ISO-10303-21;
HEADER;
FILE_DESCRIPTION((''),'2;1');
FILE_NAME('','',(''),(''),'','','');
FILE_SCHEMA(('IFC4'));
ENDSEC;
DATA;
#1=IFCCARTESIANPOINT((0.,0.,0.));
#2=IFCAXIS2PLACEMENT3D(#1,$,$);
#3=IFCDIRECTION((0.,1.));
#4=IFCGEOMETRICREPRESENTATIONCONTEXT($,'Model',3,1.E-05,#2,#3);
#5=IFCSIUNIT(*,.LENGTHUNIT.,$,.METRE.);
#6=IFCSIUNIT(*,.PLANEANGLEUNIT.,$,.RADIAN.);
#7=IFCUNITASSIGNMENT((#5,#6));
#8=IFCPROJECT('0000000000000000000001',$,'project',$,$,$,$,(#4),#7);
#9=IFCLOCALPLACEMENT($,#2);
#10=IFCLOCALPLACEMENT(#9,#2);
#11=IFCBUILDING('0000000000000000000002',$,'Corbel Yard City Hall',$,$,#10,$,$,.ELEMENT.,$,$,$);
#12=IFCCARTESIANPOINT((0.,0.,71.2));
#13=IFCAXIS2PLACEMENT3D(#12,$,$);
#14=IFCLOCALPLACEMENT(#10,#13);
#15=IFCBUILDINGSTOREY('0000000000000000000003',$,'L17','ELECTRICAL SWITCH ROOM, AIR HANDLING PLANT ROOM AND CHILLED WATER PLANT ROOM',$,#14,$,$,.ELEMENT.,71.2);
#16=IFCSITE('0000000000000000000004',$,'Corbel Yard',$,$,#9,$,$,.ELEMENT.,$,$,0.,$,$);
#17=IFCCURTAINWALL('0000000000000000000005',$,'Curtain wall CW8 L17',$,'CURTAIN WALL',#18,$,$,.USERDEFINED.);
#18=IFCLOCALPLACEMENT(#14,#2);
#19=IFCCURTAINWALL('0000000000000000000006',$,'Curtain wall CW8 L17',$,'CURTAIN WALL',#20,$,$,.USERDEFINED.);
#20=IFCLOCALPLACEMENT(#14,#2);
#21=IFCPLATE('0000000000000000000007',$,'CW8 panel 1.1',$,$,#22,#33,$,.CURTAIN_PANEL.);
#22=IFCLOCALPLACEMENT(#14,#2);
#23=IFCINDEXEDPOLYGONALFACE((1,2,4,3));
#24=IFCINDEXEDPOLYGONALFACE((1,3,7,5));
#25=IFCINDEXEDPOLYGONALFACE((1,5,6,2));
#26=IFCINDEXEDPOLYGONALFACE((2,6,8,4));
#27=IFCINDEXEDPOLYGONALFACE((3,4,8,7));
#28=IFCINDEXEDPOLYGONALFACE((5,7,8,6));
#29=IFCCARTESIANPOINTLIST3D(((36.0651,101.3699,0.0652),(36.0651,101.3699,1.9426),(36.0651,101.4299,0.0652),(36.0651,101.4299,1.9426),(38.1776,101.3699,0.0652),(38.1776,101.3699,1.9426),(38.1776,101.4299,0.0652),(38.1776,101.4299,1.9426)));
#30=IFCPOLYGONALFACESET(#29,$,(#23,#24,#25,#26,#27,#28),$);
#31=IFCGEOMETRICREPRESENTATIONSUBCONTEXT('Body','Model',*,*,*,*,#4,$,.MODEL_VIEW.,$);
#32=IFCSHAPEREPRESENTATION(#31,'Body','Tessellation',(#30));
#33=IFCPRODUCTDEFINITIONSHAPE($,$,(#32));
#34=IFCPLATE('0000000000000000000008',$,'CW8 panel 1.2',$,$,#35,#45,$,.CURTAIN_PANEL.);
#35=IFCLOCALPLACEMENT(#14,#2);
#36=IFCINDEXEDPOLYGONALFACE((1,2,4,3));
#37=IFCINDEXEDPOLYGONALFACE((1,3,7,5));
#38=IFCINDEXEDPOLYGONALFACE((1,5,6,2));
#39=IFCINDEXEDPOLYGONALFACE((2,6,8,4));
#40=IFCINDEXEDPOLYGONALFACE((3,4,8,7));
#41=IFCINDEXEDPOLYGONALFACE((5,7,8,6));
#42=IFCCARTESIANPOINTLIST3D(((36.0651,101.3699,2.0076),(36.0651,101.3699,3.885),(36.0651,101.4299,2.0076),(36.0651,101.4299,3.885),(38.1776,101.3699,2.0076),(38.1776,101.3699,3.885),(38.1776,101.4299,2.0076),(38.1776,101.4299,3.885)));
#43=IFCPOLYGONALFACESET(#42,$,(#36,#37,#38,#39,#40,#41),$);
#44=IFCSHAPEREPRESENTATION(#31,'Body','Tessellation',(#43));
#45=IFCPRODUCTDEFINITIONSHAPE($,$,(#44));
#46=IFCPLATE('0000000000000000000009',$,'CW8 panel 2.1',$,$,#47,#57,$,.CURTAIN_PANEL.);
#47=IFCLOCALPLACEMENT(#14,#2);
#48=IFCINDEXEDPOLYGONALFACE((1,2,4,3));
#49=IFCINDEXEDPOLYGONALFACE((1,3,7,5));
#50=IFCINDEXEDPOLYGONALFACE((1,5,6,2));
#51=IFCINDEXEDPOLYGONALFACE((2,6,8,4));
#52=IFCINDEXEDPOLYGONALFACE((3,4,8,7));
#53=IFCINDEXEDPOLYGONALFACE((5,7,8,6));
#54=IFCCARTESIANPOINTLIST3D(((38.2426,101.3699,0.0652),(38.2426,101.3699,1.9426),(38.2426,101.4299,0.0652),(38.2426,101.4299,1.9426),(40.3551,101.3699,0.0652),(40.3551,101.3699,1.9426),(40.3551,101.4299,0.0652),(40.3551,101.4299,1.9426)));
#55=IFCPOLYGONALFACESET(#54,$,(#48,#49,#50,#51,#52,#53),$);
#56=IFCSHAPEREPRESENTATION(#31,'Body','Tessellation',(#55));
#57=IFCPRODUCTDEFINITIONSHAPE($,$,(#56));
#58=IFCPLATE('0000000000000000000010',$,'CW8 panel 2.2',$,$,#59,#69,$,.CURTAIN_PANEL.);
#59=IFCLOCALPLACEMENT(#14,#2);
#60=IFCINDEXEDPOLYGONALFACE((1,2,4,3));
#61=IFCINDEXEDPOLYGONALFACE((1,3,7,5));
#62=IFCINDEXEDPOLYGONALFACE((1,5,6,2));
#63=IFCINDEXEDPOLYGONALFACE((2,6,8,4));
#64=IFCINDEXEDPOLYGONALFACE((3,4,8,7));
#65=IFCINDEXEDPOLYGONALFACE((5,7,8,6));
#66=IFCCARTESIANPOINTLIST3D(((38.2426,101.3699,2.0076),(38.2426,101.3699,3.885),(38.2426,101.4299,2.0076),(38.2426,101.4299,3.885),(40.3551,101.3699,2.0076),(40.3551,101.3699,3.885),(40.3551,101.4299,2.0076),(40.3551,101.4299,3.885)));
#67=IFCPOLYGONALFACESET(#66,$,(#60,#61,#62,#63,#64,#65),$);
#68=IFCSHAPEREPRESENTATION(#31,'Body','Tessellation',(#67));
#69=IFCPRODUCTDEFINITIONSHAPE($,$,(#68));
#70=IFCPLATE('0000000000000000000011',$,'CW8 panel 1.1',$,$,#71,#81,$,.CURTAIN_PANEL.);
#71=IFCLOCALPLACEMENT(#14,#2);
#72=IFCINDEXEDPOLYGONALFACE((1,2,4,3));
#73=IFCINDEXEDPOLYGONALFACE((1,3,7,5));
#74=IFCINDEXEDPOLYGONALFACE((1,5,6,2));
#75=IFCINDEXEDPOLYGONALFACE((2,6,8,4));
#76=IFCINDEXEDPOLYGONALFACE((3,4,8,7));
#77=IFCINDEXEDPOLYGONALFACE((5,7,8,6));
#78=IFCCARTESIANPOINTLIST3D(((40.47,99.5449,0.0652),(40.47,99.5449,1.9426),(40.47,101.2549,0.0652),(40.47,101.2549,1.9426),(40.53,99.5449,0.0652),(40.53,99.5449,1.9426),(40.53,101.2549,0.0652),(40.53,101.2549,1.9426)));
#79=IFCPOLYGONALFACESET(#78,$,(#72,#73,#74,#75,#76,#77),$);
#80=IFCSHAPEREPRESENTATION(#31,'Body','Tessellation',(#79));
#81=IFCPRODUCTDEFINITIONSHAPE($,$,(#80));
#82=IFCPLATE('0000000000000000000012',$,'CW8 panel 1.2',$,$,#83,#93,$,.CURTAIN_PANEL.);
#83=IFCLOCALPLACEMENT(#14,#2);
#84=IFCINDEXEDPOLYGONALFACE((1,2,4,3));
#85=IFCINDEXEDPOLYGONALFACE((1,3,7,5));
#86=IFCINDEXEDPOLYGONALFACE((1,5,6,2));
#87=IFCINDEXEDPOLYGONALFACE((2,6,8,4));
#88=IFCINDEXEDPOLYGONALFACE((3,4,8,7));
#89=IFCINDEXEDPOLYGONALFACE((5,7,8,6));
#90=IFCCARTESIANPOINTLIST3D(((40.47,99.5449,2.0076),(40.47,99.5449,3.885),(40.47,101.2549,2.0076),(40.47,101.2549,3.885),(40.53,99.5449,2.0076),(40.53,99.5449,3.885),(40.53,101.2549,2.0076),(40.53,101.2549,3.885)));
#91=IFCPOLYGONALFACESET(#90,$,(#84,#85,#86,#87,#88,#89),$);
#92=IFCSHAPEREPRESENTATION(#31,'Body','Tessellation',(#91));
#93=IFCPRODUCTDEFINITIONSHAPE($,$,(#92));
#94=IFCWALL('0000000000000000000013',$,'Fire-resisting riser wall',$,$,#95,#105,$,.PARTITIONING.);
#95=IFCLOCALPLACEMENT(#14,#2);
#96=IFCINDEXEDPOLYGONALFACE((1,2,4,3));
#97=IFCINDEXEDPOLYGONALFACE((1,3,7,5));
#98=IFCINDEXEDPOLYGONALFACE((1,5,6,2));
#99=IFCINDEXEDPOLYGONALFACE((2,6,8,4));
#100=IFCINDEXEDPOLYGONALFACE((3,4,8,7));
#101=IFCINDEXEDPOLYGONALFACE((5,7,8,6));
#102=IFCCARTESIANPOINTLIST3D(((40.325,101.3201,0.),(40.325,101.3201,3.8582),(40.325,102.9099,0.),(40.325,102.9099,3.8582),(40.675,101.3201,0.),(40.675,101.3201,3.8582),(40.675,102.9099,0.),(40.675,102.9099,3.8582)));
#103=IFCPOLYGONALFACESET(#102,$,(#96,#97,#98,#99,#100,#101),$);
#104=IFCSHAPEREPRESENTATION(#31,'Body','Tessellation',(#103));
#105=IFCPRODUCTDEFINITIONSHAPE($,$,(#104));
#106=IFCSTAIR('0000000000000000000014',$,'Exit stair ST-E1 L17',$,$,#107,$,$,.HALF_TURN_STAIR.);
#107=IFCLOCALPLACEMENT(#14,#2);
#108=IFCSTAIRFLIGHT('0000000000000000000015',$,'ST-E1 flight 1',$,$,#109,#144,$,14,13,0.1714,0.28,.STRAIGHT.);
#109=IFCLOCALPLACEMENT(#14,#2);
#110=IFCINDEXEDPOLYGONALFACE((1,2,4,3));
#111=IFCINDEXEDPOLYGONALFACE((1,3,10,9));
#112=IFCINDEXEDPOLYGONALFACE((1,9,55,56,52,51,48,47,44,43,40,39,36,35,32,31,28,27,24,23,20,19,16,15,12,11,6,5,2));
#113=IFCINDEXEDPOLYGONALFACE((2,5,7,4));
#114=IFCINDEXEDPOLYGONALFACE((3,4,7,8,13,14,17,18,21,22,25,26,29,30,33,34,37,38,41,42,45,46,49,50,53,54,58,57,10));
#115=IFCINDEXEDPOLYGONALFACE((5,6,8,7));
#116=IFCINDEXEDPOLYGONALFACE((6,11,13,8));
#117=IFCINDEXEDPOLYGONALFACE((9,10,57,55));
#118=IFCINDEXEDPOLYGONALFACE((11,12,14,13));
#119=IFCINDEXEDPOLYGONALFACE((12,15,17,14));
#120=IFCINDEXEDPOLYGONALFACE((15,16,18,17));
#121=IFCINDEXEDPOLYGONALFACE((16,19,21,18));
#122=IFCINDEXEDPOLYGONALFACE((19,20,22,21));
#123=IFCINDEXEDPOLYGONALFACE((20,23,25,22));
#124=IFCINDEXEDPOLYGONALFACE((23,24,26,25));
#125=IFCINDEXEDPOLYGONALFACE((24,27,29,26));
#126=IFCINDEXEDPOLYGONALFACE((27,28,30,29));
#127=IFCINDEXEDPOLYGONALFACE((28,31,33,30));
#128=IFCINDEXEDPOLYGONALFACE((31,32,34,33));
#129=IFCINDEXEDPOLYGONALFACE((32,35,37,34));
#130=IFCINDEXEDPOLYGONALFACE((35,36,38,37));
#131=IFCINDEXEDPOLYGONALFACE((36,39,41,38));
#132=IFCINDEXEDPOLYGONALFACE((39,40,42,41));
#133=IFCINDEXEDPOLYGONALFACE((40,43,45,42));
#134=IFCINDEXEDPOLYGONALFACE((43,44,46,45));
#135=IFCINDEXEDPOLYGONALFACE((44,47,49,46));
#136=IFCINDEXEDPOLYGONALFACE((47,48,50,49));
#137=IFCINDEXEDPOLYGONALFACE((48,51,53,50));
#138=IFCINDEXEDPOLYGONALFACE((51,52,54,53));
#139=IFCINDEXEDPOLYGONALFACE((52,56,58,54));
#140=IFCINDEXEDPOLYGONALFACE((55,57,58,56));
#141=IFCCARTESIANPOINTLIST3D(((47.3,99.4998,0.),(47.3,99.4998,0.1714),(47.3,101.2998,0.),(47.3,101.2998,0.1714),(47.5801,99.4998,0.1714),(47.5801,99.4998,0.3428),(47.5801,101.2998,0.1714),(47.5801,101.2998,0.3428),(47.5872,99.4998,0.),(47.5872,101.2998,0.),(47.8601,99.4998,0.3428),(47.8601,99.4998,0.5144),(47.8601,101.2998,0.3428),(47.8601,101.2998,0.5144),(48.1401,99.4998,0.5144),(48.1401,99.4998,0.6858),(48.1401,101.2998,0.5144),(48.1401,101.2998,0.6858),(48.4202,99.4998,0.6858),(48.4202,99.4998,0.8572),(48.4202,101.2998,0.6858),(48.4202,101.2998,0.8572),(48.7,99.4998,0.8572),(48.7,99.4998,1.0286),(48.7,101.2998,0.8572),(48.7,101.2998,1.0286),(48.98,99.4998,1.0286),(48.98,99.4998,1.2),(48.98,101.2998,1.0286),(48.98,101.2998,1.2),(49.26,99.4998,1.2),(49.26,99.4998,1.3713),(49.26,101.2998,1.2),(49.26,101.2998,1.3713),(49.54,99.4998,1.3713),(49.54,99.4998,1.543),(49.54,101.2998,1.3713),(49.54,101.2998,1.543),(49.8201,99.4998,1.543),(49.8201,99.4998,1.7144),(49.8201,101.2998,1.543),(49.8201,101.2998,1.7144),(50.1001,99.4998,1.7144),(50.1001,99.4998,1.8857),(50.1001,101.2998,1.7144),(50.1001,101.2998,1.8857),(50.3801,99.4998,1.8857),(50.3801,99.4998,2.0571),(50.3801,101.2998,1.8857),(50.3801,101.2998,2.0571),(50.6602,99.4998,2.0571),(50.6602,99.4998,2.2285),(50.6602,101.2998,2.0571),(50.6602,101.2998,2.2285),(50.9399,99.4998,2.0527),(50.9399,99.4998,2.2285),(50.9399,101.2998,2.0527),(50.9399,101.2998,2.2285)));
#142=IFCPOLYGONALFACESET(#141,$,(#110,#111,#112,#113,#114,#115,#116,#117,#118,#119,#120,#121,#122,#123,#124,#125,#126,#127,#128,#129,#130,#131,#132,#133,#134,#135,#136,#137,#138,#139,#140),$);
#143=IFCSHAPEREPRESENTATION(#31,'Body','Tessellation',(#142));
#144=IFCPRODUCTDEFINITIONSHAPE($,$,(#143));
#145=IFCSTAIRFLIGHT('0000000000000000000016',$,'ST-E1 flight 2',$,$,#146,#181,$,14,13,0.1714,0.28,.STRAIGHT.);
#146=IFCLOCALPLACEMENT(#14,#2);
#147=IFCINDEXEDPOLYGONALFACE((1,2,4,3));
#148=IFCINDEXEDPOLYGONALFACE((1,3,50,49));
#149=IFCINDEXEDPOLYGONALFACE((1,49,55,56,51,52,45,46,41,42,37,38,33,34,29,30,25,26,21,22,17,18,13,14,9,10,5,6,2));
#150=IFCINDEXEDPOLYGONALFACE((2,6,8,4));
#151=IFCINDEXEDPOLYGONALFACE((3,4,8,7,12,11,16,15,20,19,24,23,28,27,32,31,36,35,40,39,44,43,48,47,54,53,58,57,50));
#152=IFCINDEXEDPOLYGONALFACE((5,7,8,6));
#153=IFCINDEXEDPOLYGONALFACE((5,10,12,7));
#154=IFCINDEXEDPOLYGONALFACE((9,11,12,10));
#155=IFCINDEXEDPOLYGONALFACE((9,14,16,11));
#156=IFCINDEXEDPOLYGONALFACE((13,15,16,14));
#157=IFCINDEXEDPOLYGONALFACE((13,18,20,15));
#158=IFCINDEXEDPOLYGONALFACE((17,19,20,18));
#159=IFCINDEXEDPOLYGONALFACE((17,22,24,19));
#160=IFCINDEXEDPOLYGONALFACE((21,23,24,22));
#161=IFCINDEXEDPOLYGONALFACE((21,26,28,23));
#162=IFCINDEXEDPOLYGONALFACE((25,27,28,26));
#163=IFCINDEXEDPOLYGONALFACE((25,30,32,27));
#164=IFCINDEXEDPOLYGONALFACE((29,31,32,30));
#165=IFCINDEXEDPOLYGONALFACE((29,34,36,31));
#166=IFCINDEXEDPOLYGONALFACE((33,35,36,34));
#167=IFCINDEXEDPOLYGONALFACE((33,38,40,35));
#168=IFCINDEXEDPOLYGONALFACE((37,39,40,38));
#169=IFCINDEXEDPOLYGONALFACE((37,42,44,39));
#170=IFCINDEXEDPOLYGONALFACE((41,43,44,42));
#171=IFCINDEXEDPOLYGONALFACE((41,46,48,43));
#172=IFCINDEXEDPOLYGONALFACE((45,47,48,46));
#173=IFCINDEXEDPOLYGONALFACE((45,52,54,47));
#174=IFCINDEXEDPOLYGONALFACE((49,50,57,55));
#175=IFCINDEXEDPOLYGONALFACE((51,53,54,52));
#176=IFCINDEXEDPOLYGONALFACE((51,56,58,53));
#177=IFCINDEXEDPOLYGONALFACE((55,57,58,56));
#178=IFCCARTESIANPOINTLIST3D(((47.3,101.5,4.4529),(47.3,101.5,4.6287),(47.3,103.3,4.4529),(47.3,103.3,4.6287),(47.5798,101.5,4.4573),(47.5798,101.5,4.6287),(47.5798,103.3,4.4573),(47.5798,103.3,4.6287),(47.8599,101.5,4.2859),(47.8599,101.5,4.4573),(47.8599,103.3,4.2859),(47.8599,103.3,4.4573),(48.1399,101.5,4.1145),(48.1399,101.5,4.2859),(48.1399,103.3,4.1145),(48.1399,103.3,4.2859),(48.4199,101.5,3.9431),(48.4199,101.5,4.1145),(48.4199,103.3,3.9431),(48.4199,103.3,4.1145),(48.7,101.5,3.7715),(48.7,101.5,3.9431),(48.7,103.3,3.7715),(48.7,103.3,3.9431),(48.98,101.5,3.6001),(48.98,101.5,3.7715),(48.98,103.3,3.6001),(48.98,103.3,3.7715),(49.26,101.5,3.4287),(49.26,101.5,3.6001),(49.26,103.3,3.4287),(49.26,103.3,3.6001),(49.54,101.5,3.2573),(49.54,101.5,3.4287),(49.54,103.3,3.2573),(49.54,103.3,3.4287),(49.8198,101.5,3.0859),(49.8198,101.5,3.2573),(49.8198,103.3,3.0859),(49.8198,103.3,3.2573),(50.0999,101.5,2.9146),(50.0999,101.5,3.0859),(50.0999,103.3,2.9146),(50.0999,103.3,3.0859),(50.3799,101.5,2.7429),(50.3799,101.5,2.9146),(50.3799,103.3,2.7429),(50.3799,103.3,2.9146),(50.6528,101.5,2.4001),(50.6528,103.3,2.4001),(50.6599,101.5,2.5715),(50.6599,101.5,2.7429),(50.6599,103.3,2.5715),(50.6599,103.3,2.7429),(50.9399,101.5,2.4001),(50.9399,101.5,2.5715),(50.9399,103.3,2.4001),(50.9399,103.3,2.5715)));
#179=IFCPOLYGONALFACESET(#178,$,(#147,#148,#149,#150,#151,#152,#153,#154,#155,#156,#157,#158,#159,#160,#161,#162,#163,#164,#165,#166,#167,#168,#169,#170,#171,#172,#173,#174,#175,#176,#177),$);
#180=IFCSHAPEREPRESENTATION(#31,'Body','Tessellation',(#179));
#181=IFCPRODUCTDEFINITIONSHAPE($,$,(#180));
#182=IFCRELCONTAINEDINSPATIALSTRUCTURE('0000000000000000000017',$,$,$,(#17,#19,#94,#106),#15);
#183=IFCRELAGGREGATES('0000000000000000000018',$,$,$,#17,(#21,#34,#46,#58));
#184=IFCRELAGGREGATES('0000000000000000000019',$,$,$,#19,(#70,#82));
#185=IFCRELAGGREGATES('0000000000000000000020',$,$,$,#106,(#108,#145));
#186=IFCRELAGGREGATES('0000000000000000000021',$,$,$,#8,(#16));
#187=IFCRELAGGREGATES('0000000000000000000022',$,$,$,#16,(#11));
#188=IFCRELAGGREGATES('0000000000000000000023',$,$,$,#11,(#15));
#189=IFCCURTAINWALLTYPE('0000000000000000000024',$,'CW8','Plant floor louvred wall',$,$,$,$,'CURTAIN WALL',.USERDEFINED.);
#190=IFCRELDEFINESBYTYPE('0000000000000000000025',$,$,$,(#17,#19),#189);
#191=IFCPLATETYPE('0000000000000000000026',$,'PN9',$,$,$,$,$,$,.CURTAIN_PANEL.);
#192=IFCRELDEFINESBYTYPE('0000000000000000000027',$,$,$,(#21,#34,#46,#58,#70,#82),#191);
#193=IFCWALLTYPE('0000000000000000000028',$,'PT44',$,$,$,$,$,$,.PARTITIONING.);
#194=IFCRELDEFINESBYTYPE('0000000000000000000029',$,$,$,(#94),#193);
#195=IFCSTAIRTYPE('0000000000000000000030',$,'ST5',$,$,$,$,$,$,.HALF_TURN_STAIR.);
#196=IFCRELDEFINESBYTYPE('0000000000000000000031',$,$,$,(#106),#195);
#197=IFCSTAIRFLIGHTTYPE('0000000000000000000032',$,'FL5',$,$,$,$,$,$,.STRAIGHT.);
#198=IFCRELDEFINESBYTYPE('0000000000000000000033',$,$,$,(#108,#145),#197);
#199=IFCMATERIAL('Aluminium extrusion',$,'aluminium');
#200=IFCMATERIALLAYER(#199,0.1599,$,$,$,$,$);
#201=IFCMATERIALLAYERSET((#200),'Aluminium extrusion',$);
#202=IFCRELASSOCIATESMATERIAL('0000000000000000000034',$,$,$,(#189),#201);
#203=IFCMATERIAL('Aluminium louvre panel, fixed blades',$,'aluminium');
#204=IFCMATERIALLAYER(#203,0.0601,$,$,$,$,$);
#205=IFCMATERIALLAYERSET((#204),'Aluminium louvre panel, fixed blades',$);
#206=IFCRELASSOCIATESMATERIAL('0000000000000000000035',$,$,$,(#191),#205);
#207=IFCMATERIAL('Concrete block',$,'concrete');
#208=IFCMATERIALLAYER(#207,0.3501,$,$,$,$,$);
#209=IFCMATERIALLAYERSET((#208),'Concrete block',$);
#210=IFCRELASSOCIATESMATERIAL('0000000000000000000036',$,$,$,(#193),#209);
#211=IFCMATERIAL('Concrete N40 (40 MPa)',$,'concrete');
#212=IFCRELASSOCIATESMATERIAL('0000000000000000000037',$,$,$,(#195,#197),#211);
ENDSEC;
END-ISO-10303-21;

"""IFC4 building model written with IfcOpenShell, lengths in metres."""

from ifc_helpers import new_model, si_unit, direction, frame, frame_2d, origin, origin_2d, place, context, subcontext, project, spatial, polyline, rectangle, outline, extrude, material, layer, layer_set, type_object, element, aggregate, save


model = new_model("IFC4")

# Units and contexts
model_context = context("Model", 3, precision=1e-05, world=origin(), true_north=direction((0.0, 1.0)))
body_context = subcontext(model_context, "Body", "Model", "MODEL_VIEW")
ifc_project = project(units=[si_unit("LENGTHUNIT", "METRE"), si_unit("PLANEANGLEUNIT", "RADIAN")], contexts=[model_context])

# Site, building, storey
site_placement = place(None, origin())
site = spatial("IfcSite", under=ifc_project, at=site_placement, Name="Corbel Yard", CompositionType="ELEMENT", RefElevation=0.0)
building_placement = place(site_placement, origin())
building = spatial("IfcBuilding", under=site, at=building_placement, Name="Corbel Yard City Hall", CompositionType="ELEMENT")
storey_placement = place(building_placement, frame((0.0, 0.0, 71.2)))
storey = spatial("IfcBuildingStorey", under=building, at=storey_placement, Name="L17", Description="ELECTRICAL SWITCH ROOM, AIR HANDLING PLANT ROOM AND CHILLED WATER PLANT ROOM", CompositionType="ELEMENT", Elevation=71.2)

# Shared definitions
ifc_material_1 = material(Name="Aluminium extrusion", Category="aluminium")
ifc_layer_1 = layer(ifc_material_1, 0.1599)
ifc_layer_set_1 = layer_set([ifc_layer_1], Name="Aluminium extrusion")
curtain_wall_type = type_object("IfcCurtainWallType", Name="CW8", Description="Plant floor louvred wall", ElementType="CURTAIN WALL", PredefinedType="USERDEFINED", material=ifc_layer_set_1)

# Curtain wall
curtain_wall_1_placement = place(storey_placement, origin())
curtain_wall_1 = element("IfcCurtainWall", 1, at=curtain_wall_1_placement, inside=storey, type_object=curtain_wall_type, Name="Curtain wall CW8 L17", ObjectType="CURTAIN WALL", PredefinedType="USERDEFINED")

# Curtain wall
curtain_wall_2_placement = place(storey_placement, origin())
curtain_wall_2 = element("IfcCurtainWall", 2, at=curtain_wall_2_placement, inside=storey, type_object=curtain_wall_type, Name="Curtain wall CW8 L17", ObjectType="CURTAIN WALL", PredefinedType="USERDEFINED")

# Plates
ifc_material_2 = material(Name="Aluminium louvre panel, fixed blades", Category="aluminium")
ifc_layer_2 = layer(ifc_material_2, 0.0601)
ifc_layer_set_2 = layer_set([ifc_layer_2], Name="Aluminium louvre panel, fixed blades")
plate_type = type_object("IfcPlateType", Name="PN9", PredefinedType="CURTAIN_PANEL", material=ifc_layer_set_2)
plate_1_placement = place(storey_placement, frame((37.1213, 101.3999, 0.0652), z_axis=(0.0, 0.0, 1.0), x_axis=(1.0, 0.0, 0.0)))
plate_1 = element("IfcPlate", 3, at=plate_1_placement, type_object=plate_type, Name="CW8 panel 1.1", PredefinedType="CURTAIN_PANEL", context=body_context, shape_type="SweptSolid", body=[
    extrude(rectangle(XDim=2.1125, YDim=0.0601, at=origin_2d()), origin(), (0.0, 0.0, 1.0), 1.8774),
])
plate_2_placement = place(storey_placement, frame((37.1213, 101.3999, 2.0076), z_axis=(0.0, 0.0, 1.0), x_axis=(1.0, 0.0, 0.0)))
plate_2 = element("IfcPlate", 4, at=plate_2_placement, type_object=plate_type, Name="CW8 panel 1.2", PredefinedType="CURTAIN_PANEL", context=body_context, shape_type="SweptSolid", body=[
    extrude(rectangle(XDim=2.1125, YDim=0.0601, at=origin_2d()), origin(), (0.0, 0.0, 1.0), 1.8774),
])
plate_3_placement = place(storey_placement, frame((39.2988, 101.3999, 0.0652), z_axis=(0.0, 0.0, 1.0), x_axis=(1.0, 0.0, 0.0)))
plate_3 = element("IfcPlate", 5, at=plate_3_placement, type_object=plate_type, Name="CW8 panel 2.1", PredefinedType="CURTAIN_PANEL", context=body_context, shape_type="SweptSolid", body=[
    extrude(rectangle(XDim=2.1125, YDim=0.0601, at=origin_2d()), origin(), (0.0, 0.0, 1.0), 1.8774),
])
plate_4_placement = place(storey_placement, frame((39.2988, 101.3999, 2.0076), z_axis=(0.0, 0.0, 1.0), x_axis=(1.0, 0.0, 0.0)))
plate_4 = element("IfcPlate", 6, at=plate_4_placement, type_object=plate_type, Name="CW8 panel 2.2", PredefinedType="CURTAIN_PANEL", context=body_context, shape_type="SweptSolid", body=[
    extrude(rectangle(XDim=2.1125, YDim=0.0601, at=origin_2d()), origin(), (0.0, 0.0, 1.0), 1.8774),
])
aggregate(curtain_wall_1, [plate_1, plate_2, plate_3, plate_4])
plate_5_placement = place(storey_placement, frame((40.5, 100.3999, 0.0652), z_axis=(0.0, 0.0, 1.0), x_axis=(0.0, 1.0, 0.0)))
plate_5 = element("IfcPlate", 7, at=plate_5_placement, type_object=plate_type, Name="CW8 panel 1.1", PredefinedType="CURTAIN_PANEL", context=body_context, shape_type="SweptSolid", body=[
    extrude(rectangle(XDim=1.71, YDim=0.0601, at=origin_2d()), origin(), (0.0, 0.0, 1.0), 1.8774),
])
plate_6_placement = place(storey_placement, frame((40.5, 100.3999, 2.0076), z_axis=(0.0, 0.0, 1.0), x_axis=(0.0, 1.0, 0.0)))
plate_6 = element("IfcPlate", 8, at=plate_6_placement, type_object=plate_type, Name="CW8 panel 1.2", PredefinedType="CURTAIN_PANEL", context=body_context, shape_type="SweptSolid", body=[
    extrude(rectangle(XDim=1.71, YDim=0.0601, at=origin_2d()), origin(), (0.0, 0.0, 1.0), 1.8774),
])
aggregate(curtain_wall_2, [plate_5, plate_6])

# Wall
ifc_material_3 = material(Name="Concrete block", Category="concrete")
ifc_layer_3 = layer(ifc_material_3, 0.3501)
ifc_layer_set_3 = layer_set([ifc_layer_3], Name="Concrete block")
wall_type = type_object("IfcWallType", Name="PT44", PredefinedType="PARTITIONING", material=ifc_layer_set_3)
wall_placement = place(storey_placement, frame((40.5, 101.3201, 0.0), z_axis=(0.0, 0.0, 1.0), x_axis=(0.0, 1.0, 0.0)))
element("IfcWall", 9, at=wall_placement, inside=storey, type_object=wall_type, Name="Fire-resisting riser wall", PredefinedType="PARTITIONING", context=body_context, shape_type="SweptSolid", body=[
    extrude(rectangle(XDim=1.5898, YDim=0.3501, at=frame_2d((0.7949, 0.0))), origin(), (0.0, 0.0, 1.0), 3.8582),
])

# Stair, stair flights
ifc_material_4 = material(Name="Concrete N40 (40 MPa)", Category="concrete")
stair_type = type_object("IfcStairType", Name="ST5", PredefinedType="HALF_TURN_STAIR", material=ifc_material_4)
stair_placement = place(storey_placement, origin())
stair = element("IfcStair", 10, at=stair_placement, inside=storey, type_object=stair_type, Name="Exit stair ST-E1 L17", PredefinedType="HALF_TURN_STAIR")
stair_flight_type = type_object("IfcStairFlightType", Name="FL5", PredefinedType="STRAIGHT", material=ifc_material_4)
stair_flight_1_placement = place(storey_placement, frame((47.3, 100.3999, 0.0), z_axis=(0.0, 0.0, 1.0), x_axis=(1.0, 0.0, 0.0)))
stair_flight_1 = element("IfcStairFlight", 11, at=stair_flight_1_placement, type_object=stair_flight_type, Name="ST-E1 flight 1", NumberOfRisers=14, NumberOfTreads=13, PredefinedType="STRAIGHT", RiserHeight=0.1714, TreadLength=0.28, context=body_context, shape_type="SweptSolid", body=[
    extrude(outline(polyline([(0.0, 0.0), (0.0, 0.1714), (0.28, 0.1714), (0.28, 0.3428), (0.5601, 0.3428), (0.5601, 0.5144), (0.8401, 0.5144), (0.8401, 0.6858), (1.1201, 0.6858), (1.1201, 0.8572), (1.3999, 0.8572), (1.3999, 1.0286), (1.6799, 1.0286), (1.6799, 1.2), (1.96, 1.2), (1.96, 1.3713), (2.24, 1.3713), (2.24, 1.543), (2.52, 1.543), (2.52, 1.7144), (2.8, 1.7144), (2.8, 1.8857), (3.0801, 1.8857), (3.0801, 2.0571), (3.3601, 2.0571), (3.3601, 2.2285), (3.6399, 2.2285), (3.6399, 2.3999), (3.6399, 2.0527), (0.2871, 0.0), (0.0, 0.0)])), frame((0.0, 0.8999, 0.0), z_axis=(0.0, -1.0, 0.0), x_axis=(1.0, 0.0, 0.0)), (0.0, 0.0, 1.0), 1.8),
])
stair_flight_2_placement = place(storey_placement, frame((50.9399, 102.3999, 2.4001), z_axis=(0.0, 0.0, 1.0), x_axis=(-1.0, 0.0, 0.0)))
stair_flight_2 = element("IfcStairFlight", 12, at=stair_flight_2_placement, type_object=stair_flight_type, Name="ST-E1 flight 2", NumberOfRisers=14, NumberOfTreads=13, PredefinedType="STRAIGHT", RiserHeight=0.1714, TreadLength=0.28, context=body_context, shape_type="SweptSolid", body=[
    extrude(outline(polyline([(0.0, 0.0), (0.0, 0.1714), (0.28, 0.1714), (0.28, 0.3428), (0.5601, 0.3428), (0.5601, 0.5144), (0.8401, 0.5144), (0.8401, 0.6858), (1.1201, 0.6858), (1.1201, 0.8572), (1.3999, 0.8572), (1.3999, 1.0286), (1.6799, 1.0286), (1.6799, 1.2), (1.96, 1.2), (1.96, 1.3713), (2.24, 1.3713), (2.24, 1.543), (2.52, 1.543), (2.52, 1.7144), (2.8, 1.7144), (2.8, 1.8857), (3.0801, 1.8857), (3.0801, 2.0571), (3.3601, 2.0571), (3.3601, 2.2285), (3.6399, 2.2285), (3.6399, 2.3999), (3.6399, 2.0527), (0.2871, 0.0), (0.0, 0.0)])), frame((0.0, 0.8999, 0.0), z_axis=(0.0, -1.0, 0.0), x_axis=(1.0, 0.0, 0.0)), (0.0, 0.0, 1.0), 1.8),
])
aggregate(stair, [stair_flight_1, stair_flight_2])

save(model, "model.ifc")
